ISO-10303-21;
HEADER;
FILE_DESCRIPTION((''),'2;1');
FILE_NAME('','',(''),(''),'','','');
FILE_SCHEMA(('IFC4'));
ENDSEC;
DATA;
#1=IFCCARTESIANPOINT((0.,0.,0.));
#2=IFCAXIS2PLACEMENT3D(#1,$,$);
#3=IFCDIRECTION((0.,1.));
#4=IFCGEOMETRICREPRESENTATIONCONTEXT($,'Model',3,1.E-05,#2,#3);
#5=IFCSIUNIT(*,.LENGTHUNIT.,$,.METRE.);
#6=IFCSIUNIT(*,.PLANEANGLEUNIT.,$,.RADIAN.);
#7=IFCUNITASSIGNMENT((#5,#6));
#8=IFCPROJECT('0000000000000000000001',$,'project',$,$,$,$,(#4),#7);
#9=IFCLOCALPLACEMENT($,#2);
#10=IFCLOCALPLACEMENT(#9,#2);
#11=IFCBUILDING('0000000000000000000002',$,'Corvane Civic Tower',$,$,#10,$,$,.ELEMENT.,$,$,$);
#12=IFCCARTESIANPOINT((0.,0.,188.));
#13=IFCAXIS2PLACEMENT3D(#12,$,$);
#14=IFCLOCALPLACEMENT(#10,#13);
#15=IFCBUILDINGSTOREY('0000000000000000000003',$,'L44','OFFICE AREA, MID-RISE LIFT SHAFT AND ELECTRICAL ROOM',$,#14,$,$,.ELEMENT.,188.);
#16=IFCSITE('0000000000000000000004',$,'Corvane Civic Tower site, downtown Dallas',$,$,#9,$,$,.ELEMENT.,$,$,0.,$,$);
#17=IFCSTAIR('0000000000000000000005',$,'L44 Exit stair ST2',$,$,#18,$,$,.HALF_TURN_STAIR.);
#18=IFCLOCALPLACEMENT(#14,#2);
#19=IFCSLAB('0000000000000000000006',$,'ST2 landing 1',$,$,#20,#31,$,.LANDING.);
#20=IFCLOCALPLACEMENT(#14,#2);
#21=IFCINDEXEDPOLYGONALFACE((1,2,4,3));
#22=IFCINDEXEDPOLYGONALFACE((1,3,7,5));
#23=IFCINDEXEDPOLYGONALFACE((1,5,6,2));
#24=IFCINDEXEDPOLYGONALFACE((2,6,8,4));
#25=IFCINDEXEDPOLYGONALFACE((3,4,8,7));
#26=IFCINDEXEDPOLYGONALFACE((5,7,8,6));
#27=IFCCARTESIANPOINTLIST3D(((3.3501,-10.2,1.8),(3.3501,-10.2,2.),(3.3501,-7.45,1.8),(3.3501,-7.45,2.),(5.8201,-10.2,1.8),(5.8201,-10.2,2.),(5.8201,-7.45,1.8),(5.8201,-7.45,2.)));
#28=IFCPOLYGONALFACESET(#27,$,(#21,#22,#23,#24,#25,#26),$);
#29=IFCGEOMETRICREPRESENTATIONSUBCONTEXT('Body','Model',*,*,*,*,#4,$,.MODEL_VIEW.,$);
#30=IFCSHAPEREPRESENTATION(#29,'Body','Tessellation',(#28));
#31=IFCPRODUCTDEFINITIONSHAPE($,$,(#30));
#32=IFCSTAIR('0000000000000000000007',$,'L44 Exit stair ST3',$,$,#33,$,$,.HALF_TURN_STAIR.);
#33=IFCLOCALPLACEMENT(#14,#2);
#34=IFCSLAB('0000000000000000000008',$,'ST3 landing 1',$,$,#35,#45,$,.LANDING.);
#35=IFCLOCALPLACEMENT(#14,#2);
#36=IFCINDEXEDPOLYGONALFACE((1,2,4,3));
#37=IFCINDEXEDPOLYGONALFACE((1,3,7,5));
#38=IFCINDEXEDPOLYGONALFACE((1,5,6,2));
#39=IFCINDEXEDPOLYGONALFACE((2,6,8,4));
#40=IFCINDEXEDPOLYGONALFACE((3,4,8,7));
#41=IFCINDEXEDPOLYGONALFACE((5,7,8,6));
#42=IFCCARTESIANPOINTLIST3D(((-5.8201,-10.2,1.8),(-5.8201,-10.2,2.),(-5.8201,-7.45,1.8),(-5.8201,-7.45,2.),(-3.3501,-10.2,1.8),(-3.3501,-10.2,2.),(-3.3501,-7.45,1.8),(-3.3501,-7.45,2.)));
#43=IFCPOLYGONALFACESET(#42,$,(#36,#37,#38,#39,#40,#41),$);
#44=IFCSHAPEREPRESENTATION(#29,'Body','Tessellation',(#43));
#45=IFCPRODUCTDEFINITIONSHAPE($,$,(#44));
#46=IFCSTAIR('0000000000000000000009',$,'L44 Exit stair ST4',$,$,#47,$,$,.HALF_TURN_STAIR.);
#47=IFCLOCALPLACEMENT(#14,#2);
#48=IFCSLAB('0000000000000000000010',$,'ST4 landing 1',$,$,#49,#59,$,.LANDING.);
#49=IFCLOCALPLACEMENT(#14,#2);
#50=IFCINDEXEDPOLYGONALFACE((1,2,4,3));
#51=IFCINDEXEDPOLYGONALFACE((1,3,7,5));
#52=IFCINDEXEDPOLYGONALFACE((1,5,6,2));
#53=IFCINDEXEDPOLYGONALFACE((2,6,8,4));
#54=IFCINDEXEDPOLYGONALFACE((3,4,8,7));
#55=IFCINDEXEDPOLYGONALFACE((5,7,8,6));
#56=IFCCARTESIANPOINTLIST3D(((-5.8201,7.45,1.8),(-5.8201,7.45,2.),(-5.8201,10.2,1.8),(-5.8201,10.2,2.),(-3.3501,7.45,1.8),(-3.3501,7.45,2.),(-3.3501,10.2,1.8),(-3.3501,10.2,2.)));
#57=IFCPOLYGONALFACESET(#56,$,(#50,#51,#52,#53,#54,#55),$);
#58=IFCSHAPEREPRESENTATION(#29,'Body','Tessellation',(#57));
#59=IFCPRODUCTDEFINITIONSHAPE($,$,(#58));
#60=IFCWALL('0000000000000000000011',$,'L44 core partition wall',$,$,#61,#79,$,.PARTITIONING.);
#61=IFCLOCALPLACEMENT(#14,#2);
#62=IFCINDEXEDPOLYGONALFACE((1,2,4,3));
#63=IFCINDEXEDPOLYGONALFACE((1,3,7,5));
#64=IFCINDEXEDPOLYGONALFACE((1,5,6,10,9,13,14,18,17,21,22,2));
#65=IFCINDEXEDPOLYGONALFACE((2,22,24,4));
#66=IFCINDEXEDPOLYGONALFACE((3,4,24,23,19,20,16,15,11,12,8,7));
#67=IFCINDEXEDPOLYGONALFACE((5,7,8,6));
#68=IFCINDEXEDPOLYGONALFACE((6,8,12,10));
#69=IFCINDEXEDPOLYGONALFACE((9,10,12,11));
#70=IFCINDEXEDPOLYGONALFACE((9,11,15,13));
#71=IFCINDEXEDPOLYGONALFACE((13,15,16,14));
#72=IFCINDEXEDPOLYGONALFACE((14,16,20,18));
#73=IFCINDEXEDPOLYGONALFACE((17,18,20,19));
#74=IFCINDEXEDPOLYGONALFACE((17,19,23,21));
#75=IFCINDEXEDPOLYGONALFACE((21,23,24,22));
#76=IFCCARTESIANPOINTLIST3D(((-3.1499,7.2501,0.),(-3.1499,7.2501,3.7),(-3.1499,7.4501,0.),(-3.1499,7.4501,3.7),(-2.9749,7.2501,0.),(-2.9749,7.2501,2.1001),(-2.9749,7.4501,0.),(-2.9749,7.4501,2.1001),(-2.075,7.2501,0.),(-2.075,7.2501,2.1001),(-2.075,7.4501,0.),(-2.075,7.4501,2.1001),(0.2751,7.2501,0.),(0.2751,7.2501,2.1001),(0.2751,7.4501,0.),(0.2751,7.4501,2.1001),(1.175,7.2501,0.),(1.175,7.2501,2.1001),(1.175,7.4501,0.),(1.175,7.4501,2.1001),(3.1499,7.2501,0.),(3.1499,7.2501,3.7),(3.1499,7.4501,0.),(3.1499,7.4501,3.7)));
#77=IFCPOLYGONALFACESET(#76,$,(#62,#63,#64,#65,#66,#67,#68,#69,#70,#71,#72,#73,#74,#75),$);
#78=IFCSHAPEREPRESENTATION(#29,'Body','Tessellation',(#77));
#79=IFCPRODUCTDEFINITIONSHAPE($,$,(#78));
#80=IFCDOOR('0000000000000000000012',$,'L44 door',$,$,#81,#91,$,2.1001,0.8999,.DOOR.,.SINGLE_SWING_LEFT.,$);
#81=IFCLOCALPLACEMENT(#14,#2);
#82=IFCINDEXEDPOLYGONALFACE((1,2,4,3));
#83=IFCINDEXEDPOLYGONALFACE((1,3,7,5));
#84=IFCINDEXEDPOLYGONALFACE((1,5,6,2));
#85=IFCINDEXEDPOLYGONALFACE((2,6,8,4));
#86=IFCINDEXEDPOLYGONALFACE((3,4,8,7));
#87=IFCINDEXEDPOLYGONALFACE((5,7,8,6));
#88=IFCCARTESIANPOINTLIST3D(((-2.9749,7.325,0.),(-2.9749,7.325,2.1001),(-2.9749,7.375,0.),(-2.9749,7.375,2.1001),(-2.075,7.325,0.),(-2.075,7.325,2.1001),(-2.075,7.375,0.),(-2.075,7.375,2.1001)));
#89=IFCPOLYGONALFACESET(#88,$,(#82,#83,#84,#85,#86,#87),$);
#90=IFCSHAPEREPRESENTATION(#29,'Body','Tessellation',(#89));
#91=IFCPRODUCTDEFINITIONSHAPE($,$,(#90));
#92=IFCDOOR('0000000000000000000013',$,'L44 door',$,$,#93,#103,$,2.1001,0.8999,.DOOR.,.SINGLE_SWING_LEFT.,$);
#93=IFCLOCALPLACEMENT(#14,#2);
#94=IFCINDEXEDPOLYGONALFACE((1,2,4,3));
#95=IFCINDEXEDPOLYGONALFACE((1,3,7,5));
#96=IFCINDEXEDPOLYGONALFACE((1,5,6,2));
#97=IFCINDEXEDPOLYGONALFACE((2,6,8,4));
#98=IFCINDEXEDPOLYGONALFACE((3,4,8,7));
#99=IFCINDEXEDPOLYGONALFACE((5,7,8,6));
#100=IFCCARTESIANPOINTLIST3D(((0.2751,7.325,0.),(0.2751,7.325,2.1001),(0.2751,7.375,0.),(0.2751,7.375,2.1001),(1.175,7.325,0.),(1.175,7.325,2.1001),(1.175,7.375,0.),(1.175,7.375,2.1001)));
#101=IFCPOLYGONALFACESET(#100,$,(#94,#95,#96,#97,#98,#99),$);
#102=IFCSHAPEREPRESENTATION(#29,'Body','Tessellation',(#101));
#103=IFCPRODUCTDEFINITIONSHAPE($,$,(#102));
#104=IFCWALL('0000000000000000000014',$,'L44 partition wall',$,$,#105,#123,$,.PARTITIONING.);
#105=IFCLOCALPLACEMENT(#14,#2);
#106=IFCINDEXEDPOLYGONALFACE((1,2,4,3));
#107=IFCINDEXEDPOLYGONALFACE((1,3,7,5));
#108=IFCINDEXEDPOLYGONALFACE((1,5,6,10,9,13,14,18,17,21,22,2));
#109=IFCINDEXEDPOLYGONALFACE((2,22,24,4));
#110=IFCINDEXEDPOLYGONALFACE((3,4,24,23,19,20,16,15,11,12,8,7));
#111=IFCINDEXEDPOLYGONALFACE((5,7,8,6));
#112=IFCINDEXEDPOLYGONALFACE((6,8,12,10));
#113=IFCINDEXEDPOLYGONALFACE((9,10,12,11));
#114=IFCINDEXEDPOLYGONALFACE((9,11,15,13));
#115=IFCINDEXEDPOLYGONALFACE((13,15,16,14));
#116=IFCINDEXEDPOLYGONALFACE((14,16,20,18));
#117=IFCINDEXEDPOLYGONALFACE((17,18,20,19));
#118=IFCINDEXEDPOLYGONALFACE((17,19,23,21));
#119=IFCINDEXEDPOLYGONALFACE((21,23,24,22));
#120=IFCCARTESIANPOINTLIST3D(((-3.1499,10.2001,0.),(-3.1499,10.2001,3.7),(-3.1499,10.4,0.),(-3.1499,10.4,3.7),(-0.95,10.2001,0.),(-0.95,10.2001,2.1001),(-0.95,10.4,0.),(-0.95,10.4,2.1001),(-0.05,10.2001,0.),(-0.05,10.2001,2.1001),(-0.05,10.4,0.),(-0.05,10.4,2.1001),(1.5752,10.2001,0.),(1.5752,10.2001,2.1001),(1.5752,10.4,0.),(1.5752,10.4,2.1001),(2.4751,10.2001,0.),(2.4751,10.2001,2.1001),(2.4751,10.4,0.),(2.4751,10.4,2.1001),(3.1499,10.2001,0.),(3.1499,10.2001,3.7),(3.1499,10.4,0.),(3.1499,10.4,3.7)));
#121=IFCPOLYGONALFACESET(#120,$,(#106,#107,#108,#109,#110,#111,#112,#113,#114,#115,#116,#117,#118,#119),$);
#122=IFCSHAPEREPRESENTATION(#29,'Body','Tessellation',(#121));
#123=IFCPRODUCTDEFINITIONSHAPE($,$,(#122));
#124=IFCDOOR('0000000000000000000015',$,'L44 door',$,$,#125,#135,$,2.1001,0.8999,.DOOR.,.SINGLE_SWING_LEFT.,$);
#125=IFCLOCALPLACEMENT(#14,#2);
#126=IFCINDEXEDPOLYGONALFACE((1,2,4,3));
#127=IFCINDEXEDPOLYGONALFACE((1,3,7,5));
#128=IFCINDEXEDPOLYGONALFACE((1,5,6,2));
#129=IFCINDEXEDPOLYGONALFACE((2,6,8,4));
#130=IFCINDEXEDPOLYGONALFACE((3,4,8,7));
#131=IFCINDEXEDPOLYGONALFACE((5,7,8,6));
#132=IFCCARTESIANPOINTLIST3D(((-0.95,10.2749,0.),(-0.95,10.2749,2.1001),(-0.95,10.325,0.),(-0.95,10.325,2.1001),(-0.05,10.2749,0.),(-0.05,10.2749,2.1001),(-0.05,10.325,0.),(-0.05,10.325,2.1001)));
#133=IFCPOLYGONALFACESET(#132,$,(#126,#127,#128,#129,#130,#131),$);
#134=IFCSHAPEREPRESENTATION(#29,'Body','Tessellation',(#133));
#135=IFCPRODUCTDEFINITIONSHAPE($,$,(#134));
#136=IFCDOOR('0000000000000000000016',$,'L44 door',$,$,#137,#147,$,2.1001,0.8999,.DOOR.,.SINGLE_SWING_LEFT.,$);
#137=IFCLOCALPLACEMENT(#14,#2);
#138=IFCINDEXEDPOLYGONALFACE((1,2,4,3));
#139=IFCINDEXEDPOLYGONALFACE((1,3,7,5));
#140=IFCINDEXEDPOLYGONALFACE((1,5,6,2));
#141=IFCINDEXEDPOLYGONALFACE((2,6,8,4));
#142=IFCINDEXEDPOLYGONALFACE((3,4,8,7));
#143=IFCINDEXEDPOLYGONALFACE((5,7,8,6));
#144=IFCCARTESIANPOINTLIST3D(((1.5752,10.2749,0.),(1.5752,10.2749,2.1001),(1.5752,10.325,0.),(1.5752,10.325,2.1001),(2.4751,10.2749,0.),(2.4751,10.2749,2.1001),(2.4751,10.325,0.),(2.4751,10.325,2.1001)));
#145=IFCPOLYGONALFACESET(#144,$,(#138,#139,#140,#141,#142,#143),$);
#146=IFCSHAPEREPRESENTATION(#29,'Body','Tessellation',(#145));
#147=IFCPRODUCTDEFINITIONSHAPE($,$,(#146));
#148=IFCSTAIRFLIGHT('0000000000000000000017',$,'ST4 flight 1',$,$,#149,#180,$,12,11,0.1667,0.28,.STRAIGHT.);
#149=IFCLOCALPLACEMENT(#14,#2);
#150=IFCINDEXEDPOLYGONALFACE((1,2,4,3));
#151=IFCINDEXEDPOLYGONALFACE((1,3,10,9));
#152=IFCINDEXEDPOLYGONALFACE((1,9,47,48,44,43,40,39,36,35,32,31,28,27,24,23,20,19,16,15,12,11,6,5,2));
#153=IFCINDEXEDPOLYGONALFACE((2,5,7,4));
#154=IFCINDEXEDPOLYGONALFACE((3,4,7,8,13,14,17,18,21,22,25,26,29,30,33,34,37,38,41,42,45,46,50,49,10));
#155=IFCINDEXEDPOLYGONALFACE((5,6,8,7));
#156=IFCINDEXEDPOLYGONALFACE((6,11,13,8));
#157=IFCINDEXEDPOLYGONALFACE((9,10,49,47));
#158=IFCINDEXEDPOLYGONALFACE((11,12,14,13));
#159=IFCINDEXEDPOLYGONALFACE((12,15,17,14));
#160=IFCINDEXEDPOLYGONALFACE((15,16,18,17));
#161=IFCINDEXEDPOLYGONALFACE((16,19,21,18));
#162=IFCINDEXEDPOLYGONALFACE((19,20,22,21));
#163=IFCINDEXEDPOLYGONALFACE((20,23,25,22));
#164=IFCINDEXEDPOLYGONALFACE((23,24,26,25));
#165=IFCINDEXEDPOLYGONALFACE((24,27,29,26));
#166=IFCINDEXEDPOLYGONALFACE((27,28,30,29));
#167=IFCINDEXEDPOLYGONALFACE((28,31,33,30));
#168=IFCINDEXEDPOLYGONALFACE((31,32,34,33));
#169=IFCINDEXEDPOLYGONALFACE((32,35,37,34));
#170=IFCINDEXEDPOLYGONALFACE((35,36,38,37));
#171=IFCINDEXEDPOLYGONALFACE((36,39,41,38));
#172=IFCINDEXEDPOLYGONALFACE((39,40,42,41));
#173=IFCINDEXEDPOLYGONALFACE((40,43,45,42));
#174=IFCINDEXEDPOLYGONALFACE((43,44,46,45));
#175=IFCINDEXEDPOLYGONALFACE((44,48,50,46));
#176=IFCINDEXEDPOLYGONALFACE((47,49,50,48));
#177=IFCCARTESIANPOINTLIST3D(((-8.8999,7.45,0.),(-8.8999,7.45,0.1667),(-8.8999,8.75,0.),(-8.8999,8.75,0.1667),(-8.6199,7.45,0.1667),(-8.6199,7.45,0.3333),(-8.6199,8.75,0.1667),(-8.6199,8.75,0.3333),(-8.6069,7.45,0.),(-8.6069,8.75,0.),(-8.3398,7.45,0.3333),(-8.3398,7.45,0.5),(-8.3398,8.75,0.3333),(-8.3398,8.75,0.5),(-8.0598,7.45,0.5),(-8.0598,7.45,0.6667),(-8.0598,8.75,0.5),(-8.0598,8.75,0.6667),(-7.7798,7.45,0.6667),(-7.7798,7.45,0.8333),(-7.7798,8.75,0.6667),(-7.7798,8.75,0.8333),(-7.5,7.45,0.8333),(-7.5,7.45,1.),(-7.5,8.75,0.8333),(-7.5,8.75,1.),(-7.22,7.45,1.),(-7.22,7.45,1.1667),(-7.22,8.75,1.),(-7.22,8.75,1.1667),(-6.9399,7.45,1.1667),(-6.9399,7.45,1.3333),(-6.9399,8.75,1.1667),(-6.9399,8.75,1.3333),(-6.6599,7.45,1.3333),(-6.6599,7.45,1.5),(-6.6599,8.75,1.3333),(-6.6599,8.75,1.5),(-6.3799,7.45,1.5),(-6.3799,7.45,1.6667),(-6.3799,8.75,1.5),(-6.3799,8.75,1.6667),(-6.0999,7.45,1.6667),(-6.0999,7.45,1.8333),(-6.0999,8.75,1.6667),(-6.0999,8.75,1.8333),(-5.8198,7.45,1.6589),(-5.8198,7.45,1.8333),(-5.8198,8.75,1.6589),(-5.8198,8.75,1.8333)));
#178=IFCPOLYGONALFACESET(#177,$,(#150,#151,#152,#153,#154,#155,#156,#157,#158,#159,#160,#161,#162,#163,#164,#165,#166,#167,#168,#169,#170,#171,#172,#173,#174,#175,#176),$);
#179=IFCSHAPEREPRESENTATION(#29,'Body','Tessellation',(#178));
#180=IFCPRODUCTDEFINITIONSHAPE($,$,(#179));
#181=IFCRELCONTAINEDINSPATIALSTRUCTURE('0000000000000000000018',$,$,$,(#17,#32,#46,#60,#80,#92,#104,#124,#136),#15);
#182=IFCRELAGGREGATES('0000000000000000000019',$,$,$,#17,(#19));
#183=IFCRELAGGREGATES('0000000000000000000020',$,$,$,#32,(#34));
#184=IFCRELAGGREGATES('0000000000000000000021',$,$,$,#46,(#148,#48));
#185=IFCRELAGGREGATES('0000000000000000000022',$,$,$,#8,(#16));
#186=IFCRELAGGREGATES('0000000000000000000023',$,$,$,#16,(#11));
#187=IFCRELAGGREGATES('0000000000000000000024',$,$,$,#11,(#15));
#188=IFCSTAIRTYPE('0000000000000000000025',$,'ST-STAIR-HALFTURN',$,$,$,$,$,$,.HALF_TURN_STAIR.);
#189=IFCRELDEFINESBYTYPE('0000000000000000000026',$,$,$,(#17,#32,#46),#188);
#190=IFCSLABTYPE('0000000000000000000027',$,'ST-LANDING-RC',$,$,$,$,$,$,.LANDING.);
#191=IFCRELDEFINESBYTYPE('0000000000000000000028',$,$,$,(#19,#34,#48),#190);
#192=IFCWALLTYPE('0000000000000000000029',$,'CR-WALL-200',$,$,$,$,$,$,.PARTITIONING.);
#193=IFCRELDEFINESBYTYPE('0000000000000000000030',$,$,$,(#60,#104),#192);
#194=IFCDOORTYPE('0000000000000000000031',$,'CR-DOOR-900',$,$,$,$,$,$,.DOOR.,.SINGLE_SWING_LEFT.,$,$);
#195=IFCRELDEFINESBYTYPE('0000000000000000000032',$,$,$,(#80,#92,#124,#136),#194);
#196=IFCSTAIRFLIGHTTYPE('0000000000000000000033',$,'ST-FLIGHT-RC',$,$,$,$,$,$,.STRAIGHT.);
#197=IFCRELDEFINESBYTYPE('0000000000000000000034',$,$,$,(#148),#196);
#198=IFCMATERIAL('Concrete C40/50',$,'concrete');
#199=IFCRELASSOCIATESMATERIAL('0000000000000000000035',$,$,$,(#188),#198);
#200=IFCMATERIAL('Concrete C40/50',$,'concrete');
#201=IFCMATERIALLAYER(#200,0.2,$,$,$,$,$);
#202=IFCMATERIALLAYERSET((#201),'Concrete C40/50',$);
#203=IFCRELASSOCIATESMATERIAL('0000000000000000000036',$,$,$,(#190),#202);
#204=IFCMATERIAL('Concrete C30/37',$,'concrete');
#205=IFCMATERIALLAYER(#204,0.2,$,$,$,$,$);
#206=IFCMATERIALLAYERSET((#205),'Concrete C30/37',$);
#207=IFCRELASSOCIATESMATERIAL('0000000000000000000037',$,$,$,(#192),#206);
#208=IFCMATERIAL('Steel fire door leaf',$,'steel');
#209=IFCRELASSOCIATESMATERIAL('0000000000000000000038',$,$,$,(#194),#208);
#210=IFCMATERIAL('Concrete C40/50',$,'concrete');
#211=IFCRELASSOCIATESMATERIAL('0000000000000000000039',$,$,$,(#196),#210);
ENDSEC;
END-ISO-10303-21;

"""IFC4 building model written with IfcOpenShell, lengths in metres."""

from ifc_helpers import new_model, si_unit, direction, frame, frame_2d, origin, place, context, subcontext, project, spatial, polyline, rectangle, outline, extrude, material, layer, layer_set, type_object, element, fill, aggregate, save


model = new_model("IFC4")

# Units and contexts
model_context = context("Model", 3, precision=1e-05, world=origin(), true_north=direction((0.0, 1.0)))
body_context = subcontext(model_context, "Body", "Model", "MODEL_VIEW")
ifc_project = project(units=[si_unit("LENGTHUNIT", "METRE"), si_unit("PLANEANGLEUNIT", "RADIAN")], contexts=[model_context])

# Site, building, storey
site_placement = place(None, origin())
site = spatial("IfcSite", under=ifc_project, at=site_placement, Name="Corvane Civic Tower site, downtown Dallas", CompositionType="ELEMENT", RefElevation=0.0)
building_placement = place(site_placement, origin())
building = spatial("IfcBuilding", under=site, at=building_placement, Name="Corvane Civic Tower", CompositionType="ELEMENT")
storey_placement = place(building_placement, frame((0.0, 0.0, 188.0)))
storey = spatial("IfcBuildingStorey", under=building, at=storey_placement, Name="L44", Description="OFFICE AREA, MID-RISE LIFT SHAFT AND ELECTRICAL ROOM", CompositionType="ELEMENT", Elevation=188.0)

# Stairs, slabs
ifc_material_1 = material(Name="Concrete C40/50", Category="concrete")
stair_type = type_object("IfcStairType", Name="ST-STAIR-HALFTURN", PredefinedType="HALF_TURN_STAIR", material=ifc_material_1)
ifc_material_2 = material(Name="Concrete C40/50", Category="concrete")
ifc_layer_1 = layer(ifc_material_2, 0.2)
ifc_layer_set_1 = layer_set([ifc_layer_1], Name="Concrete C40/50")
slab_type_1 = type_object("IfcSlabType", Name="ST-LANDING-RC", PredefinedType="LANDING", material=ifc_layer_set_1)
stair_1_placement = place(storey_placement, origin())
stair_1 = element("IfcStair", 1, at=stair_1_placement, inside=storey, type_object=stair_type, Name="L44 Exit stair ST2", PredefinedType="HALF_TURN_STAIR")
slab_1_placement = place(storey_placement, frame((0.0, 0.0, 1.8)))
slab_1 = element("IfcSlab", 2, at=slab_1_placement, type_object=slab_type_1, Name="ST2 landing 1", PredefinedType="LANDING", context=body_context, shape_type="SweptSolid", body=[
    extrude(outline(polyline([(5.8201, -7.45), (3.3501, -7.45), (3.3501, -10.2), (5.8201, -10.2), (5.8201, -7.45)])), origin(), (0.0, 0.0, 1.0), 0.2),
])
aggregate(stair_1, [slab_1])
stair_2_placement = place(storey_placement, origin())
stair_2 = element("IfcStair", 3, at=stair_2_placement, inside=storey, type_object=stair_type, Name="L44 Exit stair ST3", PredefinedType="HALF_TURN_STAIR")
slab_2_placement = place(storey_placement, frame((0.0, 0.0, 1.8)))
slab_2 = element("IfcSlab", 4, at=slab_2_placement, type_object=slab_type_1, Name="ST3 landing 1", PredefinedType="LANDING", context=body_context, shape_type="SweptSolid", body=[
    extrude(outline(polyline([(-5.8201, -10.2), (-3.3501, -10.2), (-3.3501, -7.45), (-5.8201, -7.45), (-5.8201, -10.2)])), origin(), (0.0, 0.0, 1.0), 0.2),
])
aggregate(stair_2, [slab_2])
stair_3_placement = place(storey_placement, origin())
stair_3 = element("IfcStair", 5, at=stair_3_placement, inside=storey, type_object=stair_type, Name="L44 Exit stair ST4", PredefinedType="HALF_TURN_STAIR")
slab_3_placement = place(storey_placement, frame((0.0, 0.0, 1.8)))
slab_3 = element("IfcSlab", 6, at=slab_3_placement, type_object=slab_type_1, Name="ST4 landing 1", PredefinedType="LANDING", context=body_context, shape_type="SweptSolid", body=[
    extrude(outline(polyline([(-5.8201, 7.45), (-3.3501, 7.45), (-3.3501, 10.2), (-5.8201, 10.2), (-5.8201, 7.45)])), origin(), (0.0, 0.0, 1.0), 0.2),
])

# Walls, openings, doors
ifc_material_3 = material(Name="Concrete C30/37", Category="concrete")
ifc_layer_2 = layer(ifc_material_3, 0.2)
ifc_layer_set_2 = layer_set([ifc_layer_2], Name="Concrete C30/37")
wall_type = type_object("IfcWallType", Name="CR-WALL-200", PredefinedType="PARTITIONING", material=ifc_layer_set_2)
wall_1_placement = place(storey_placement, frame((-3.1499, 7.3501, 0.0), z_axis=(0.0, 0.0, 1.0), x_axis=(1.0, 0.0, 0.0)))
wall_1 = element("IfcWall", 7, at=wall_1_placement, inside=storey, type_object=wall_type, Name="L44 core partition wall", PredefinedType="PARTITIONING", context=body_context, shape_type="SweptSolid", body=[
    extrude(rectangle(XDim=6.2998, YDim=0.2, at=frame_2d((3.1499, 0.0))), origin(), (0.0, 0.0, 1.0), 3.7),
])
opening_1_placement = place(wall_1_placement, frame((0.175, 0.0, 0.0)))
opening_1 = element("IfcOpeningElement", 8, at=opening_1_placement, cuts=wall_1, PredefinedType="OPENING", context=body_context, shape_type="SweptSolid", body=[
    extrude(rectangle(XDim=0.8999, YDim=2.1001, at=frame_2d((0.45, 1.05))), frame((0.0, 0.1099, 0.0), z_axis=(0.0, -1.0, 0.0), x_axis=(1.0, 0.0, 0.0)), (0.0, 0.0, 1.0), 0.22),
])
opening_2_placement = place(wall_1_placement, frame((3.425, 0.0, 0.0)))
opening_2 = element("IfcOpeningElement", 9, at=opening_2_placement, cuts=wall_1, PredefinedType="OPENING", context=body_context, shape_type="SweptSolid", body=[
    extrude(rectangle(XDim=0.8999, YDim=2.1001, at=frame_2d((0.45, 1.05))), frame((0.0, 0.1099, 0.0), z_axis=(0.0, -1.0, 0.0), x_axis=(1.0, 0.0, 0.0)), (0.0, 0.0, 1.0), 0.22),
])
ifc_material_4 = material(Name="Steel fire door leaf", Category="steel")
door_type = type_object("IfcDoorType", Name="CR-DOOR-900", OperationType="SINGLE_SWING_LEFT", PredefinedType="DOOR", material=ifc_material_4)
door_1_placement = place(opening_1_placement, origin())
door_1 = element("IfcDoor", 10, at=door_1_placement, inside=storey, type_object=door_type, Name="L44 door", OperationType="SINGLE_SWING_LEFT", OverallHeight=2.1001, OverallWidth=0.8999, PredefinedType="DOOR", context=body_context, shape_type="SweptSolid", body=[
    extrude(rectangle(XDim=0.8999, YDim=2.1001, at=frame_2d((0.45, 1.05))), frame((0.0, 0.0249, 0.0), z_axis=(0.0, -1.0, 0.0), x_axis=(1.0, 0.0, 0.0)), (0.0, 0.0, 1.0), 0.05),
])
fill(opening_1, door_1)
door_2_placement = place(opening_2_placement, origin())
door_2 = element("IfcDoor", 11, at=door_2_placement, inside=storey, type_object=door_type, Name="L44 door", OperationType="SINGLE_SWING_LEFT", OverallHeight=2.1001, OverallWidth=0.8999, PredefinedType="DOOR", context=body_context, shape_type="SweptSolid", body=[
    extrude(rectangle(XDim=0.8999, YDim=2.1001, at=frame_2d((0.45, 1.05))), frame((0.0, 0.0249, 0.0), z_axis=(0.0, -1.0, 0.0), x_axis=(1.0, 0.0, 0.0)), (0.0, 0.0, 1.0), 0.05),
])
fill(opening_2, door_2)
wall_2_placement = place(storey_placement, frame((-3.1499, 10.3, 0.0), z_axis=(0.0, 0.0, 1.0), x_axis=(1.0, 0.0, 0.0)))
wall_2 = element("IfcWall", 12, at=wall_2_placement, inside=storey, type_object=wall_type, Name="L44 partition wall", PredefinedType="PARTITIONING", context=body_context, shape_type="SweptSolid", body=[
    extrude(rectangle(XDim=6.2998, YDim=0.2, at=frame_2d((3.1499, 0.0))), origin(), (0.0, 0.0, 1.0), 3.7),
])
opening_3_placement = place(wall_2_placement, frame((2.2, 0.0, 0.0)))
opening_3 = element("IfcOpeningElement", 13, at=opening_3_placement, cuts=wall_2, PredefinedType="OPENING", context=body_context, shape_type="SweptSolid", body=[
    extrude(rectangle(XDim=0.8999, YDim=2.1001, at=frame_2d((0.45, 1.05))), frame((0.0, 0.1099, 0.0), z_axis=(0.0, -1.0, 0.0), x_axis=(1.0, 0.0, 0.0)), (0.0, 0.0, 1.0), 0.22),
])
opening_4_placement = place(wall_2_placement, frame((4.7251, 0.0, 0.0)))
opening_4 = element("IfcOpeningElement", 14, at=opening_4_placement, cuts=wall_2, PredefinedType="OPENING", context=body_context, shape_type="SweptSolid", body=[
    extrude(rectangle(XDim=0.8999, YDim=2.1001, at=frame_2d((0.45, 1.05))), frame((0.0, 0.1099, 0.0), z_axis=(0.0, -1.0, 0.0), x_axis=(1.0, 0.0, 0.0)), (0.0, 0.0, 1.0), 0.22),
])
door_3_placement = place(opening_3_placement, origin())
door_3 = element("IfcDoor", 15, at=door_3_placement, inside=storey, type_object=door_type, Name="L44 door", OperationType="SINGLE_SWING_LEFT", OverallHeight=2.1001, OverallWidth=0.8999, PredefinedType="DOOR", context=body_context, shape_type="SweptSolid", body=[
    extrude(rectangle(XDim=0.8999, YDim=2.1001, at=frame_2d((0.45, 1.05))), frame((0.0, 0.0249, 0.0), z_axis=(0.0, -1.0, 0.0), x_axis=(1.0, 0.0, 0.0)), (0.0, 0.0, 1.0), 0.05),
])
fill(opening_3, door_3)
door_4_placement = place(opening_4_placement, origin())
door_4 = element("IfcDoor", 16, at=door_4_placement, inside=storey, type_object=door_type, Name="L44 door", OperationType="SINGLE_SWING_LEFT", OverallHeight=2.1001, OverallWidth=0.8999, PredefinedType="DOOR", context=body_context, shape_type="SweptSolid", body=[
    extrude(rectangle(XDim=0.8999, YDim=2.1001, at=frame_2d((0.45, 1.05))), frame((0.0, 0.0249, 0.0), z_axis=(0.0, -1.0, 0.0), x_axis=(1.0, 0.0, 0.0)), (0.0, 0.0, 1.0), 0.05),
])
fill(opening_4, door_4)

# Stair flight
ifc_material_5 = material(Name="Concrete C40/50", Category="concrete")
stair_flight_type = type_object("IfcStairFlightType", Name="ST-FLIGHT-RC", PredefinedType="STRAIGHT", material=ifc_material_5)
stair_flight_1_placement = place(storey_placement, frame((-8.8999, 8.1001, 0.0), z_axis=(0.0, 0.0, 1.0), x_axis=(1.0, 0.0, 0.0)))
stair_flight_1 = element("IfcStairFlight", 17, at=stair_flight_1_placement, type_object=stair_flight_type, Name="ST4 flight 1", NumberOfRisers=12, NumberOfTreads=11, PredefinedType="STRAIGHT", RiserHeight=0.1667, TreadLength=0.28, context=body_context, shape_type="SweptSolid", body=[
    extrude(outline(polyline([(0.0, 0.0), (0.0, 0.1667), (0.28, 0.1667), (0.28, 0.3333), (0.5601, 0.3333), (0.5601, 0.5), (0.8401, 0.5), (0.8401, 0.6667), (1.1201, 0.6667), (1.1201, 0.8333), (1.3999, 0.8333), (1.3999, 1.0), (1.6799, 1.0), (1.6799, 1.1667), (1.96, 1.1667), (1.96, 1.3333), (2.24, 1.3333), (2.24, 1.5), (2.52, 1.5), (2.52, 1.6667), (2.8, 1.6667), (2.8, 1.8333), (3.0801, 1.8333), (3.0801, 2.0), (3.0801, 1.6589), (0.293, 0.0), (0.0, 0.0)])), frame((0.0, 0.6499, 0.0), z_axis=(0.0, -1.0, 0.0), x_axis=(1.0, 0.0, 0.0)), (0.0, 0.0, 1.0), 1.3),
])
aggregate(stair_3, [stair_flight_1, slab_3])

save(model, "model.ifc")
